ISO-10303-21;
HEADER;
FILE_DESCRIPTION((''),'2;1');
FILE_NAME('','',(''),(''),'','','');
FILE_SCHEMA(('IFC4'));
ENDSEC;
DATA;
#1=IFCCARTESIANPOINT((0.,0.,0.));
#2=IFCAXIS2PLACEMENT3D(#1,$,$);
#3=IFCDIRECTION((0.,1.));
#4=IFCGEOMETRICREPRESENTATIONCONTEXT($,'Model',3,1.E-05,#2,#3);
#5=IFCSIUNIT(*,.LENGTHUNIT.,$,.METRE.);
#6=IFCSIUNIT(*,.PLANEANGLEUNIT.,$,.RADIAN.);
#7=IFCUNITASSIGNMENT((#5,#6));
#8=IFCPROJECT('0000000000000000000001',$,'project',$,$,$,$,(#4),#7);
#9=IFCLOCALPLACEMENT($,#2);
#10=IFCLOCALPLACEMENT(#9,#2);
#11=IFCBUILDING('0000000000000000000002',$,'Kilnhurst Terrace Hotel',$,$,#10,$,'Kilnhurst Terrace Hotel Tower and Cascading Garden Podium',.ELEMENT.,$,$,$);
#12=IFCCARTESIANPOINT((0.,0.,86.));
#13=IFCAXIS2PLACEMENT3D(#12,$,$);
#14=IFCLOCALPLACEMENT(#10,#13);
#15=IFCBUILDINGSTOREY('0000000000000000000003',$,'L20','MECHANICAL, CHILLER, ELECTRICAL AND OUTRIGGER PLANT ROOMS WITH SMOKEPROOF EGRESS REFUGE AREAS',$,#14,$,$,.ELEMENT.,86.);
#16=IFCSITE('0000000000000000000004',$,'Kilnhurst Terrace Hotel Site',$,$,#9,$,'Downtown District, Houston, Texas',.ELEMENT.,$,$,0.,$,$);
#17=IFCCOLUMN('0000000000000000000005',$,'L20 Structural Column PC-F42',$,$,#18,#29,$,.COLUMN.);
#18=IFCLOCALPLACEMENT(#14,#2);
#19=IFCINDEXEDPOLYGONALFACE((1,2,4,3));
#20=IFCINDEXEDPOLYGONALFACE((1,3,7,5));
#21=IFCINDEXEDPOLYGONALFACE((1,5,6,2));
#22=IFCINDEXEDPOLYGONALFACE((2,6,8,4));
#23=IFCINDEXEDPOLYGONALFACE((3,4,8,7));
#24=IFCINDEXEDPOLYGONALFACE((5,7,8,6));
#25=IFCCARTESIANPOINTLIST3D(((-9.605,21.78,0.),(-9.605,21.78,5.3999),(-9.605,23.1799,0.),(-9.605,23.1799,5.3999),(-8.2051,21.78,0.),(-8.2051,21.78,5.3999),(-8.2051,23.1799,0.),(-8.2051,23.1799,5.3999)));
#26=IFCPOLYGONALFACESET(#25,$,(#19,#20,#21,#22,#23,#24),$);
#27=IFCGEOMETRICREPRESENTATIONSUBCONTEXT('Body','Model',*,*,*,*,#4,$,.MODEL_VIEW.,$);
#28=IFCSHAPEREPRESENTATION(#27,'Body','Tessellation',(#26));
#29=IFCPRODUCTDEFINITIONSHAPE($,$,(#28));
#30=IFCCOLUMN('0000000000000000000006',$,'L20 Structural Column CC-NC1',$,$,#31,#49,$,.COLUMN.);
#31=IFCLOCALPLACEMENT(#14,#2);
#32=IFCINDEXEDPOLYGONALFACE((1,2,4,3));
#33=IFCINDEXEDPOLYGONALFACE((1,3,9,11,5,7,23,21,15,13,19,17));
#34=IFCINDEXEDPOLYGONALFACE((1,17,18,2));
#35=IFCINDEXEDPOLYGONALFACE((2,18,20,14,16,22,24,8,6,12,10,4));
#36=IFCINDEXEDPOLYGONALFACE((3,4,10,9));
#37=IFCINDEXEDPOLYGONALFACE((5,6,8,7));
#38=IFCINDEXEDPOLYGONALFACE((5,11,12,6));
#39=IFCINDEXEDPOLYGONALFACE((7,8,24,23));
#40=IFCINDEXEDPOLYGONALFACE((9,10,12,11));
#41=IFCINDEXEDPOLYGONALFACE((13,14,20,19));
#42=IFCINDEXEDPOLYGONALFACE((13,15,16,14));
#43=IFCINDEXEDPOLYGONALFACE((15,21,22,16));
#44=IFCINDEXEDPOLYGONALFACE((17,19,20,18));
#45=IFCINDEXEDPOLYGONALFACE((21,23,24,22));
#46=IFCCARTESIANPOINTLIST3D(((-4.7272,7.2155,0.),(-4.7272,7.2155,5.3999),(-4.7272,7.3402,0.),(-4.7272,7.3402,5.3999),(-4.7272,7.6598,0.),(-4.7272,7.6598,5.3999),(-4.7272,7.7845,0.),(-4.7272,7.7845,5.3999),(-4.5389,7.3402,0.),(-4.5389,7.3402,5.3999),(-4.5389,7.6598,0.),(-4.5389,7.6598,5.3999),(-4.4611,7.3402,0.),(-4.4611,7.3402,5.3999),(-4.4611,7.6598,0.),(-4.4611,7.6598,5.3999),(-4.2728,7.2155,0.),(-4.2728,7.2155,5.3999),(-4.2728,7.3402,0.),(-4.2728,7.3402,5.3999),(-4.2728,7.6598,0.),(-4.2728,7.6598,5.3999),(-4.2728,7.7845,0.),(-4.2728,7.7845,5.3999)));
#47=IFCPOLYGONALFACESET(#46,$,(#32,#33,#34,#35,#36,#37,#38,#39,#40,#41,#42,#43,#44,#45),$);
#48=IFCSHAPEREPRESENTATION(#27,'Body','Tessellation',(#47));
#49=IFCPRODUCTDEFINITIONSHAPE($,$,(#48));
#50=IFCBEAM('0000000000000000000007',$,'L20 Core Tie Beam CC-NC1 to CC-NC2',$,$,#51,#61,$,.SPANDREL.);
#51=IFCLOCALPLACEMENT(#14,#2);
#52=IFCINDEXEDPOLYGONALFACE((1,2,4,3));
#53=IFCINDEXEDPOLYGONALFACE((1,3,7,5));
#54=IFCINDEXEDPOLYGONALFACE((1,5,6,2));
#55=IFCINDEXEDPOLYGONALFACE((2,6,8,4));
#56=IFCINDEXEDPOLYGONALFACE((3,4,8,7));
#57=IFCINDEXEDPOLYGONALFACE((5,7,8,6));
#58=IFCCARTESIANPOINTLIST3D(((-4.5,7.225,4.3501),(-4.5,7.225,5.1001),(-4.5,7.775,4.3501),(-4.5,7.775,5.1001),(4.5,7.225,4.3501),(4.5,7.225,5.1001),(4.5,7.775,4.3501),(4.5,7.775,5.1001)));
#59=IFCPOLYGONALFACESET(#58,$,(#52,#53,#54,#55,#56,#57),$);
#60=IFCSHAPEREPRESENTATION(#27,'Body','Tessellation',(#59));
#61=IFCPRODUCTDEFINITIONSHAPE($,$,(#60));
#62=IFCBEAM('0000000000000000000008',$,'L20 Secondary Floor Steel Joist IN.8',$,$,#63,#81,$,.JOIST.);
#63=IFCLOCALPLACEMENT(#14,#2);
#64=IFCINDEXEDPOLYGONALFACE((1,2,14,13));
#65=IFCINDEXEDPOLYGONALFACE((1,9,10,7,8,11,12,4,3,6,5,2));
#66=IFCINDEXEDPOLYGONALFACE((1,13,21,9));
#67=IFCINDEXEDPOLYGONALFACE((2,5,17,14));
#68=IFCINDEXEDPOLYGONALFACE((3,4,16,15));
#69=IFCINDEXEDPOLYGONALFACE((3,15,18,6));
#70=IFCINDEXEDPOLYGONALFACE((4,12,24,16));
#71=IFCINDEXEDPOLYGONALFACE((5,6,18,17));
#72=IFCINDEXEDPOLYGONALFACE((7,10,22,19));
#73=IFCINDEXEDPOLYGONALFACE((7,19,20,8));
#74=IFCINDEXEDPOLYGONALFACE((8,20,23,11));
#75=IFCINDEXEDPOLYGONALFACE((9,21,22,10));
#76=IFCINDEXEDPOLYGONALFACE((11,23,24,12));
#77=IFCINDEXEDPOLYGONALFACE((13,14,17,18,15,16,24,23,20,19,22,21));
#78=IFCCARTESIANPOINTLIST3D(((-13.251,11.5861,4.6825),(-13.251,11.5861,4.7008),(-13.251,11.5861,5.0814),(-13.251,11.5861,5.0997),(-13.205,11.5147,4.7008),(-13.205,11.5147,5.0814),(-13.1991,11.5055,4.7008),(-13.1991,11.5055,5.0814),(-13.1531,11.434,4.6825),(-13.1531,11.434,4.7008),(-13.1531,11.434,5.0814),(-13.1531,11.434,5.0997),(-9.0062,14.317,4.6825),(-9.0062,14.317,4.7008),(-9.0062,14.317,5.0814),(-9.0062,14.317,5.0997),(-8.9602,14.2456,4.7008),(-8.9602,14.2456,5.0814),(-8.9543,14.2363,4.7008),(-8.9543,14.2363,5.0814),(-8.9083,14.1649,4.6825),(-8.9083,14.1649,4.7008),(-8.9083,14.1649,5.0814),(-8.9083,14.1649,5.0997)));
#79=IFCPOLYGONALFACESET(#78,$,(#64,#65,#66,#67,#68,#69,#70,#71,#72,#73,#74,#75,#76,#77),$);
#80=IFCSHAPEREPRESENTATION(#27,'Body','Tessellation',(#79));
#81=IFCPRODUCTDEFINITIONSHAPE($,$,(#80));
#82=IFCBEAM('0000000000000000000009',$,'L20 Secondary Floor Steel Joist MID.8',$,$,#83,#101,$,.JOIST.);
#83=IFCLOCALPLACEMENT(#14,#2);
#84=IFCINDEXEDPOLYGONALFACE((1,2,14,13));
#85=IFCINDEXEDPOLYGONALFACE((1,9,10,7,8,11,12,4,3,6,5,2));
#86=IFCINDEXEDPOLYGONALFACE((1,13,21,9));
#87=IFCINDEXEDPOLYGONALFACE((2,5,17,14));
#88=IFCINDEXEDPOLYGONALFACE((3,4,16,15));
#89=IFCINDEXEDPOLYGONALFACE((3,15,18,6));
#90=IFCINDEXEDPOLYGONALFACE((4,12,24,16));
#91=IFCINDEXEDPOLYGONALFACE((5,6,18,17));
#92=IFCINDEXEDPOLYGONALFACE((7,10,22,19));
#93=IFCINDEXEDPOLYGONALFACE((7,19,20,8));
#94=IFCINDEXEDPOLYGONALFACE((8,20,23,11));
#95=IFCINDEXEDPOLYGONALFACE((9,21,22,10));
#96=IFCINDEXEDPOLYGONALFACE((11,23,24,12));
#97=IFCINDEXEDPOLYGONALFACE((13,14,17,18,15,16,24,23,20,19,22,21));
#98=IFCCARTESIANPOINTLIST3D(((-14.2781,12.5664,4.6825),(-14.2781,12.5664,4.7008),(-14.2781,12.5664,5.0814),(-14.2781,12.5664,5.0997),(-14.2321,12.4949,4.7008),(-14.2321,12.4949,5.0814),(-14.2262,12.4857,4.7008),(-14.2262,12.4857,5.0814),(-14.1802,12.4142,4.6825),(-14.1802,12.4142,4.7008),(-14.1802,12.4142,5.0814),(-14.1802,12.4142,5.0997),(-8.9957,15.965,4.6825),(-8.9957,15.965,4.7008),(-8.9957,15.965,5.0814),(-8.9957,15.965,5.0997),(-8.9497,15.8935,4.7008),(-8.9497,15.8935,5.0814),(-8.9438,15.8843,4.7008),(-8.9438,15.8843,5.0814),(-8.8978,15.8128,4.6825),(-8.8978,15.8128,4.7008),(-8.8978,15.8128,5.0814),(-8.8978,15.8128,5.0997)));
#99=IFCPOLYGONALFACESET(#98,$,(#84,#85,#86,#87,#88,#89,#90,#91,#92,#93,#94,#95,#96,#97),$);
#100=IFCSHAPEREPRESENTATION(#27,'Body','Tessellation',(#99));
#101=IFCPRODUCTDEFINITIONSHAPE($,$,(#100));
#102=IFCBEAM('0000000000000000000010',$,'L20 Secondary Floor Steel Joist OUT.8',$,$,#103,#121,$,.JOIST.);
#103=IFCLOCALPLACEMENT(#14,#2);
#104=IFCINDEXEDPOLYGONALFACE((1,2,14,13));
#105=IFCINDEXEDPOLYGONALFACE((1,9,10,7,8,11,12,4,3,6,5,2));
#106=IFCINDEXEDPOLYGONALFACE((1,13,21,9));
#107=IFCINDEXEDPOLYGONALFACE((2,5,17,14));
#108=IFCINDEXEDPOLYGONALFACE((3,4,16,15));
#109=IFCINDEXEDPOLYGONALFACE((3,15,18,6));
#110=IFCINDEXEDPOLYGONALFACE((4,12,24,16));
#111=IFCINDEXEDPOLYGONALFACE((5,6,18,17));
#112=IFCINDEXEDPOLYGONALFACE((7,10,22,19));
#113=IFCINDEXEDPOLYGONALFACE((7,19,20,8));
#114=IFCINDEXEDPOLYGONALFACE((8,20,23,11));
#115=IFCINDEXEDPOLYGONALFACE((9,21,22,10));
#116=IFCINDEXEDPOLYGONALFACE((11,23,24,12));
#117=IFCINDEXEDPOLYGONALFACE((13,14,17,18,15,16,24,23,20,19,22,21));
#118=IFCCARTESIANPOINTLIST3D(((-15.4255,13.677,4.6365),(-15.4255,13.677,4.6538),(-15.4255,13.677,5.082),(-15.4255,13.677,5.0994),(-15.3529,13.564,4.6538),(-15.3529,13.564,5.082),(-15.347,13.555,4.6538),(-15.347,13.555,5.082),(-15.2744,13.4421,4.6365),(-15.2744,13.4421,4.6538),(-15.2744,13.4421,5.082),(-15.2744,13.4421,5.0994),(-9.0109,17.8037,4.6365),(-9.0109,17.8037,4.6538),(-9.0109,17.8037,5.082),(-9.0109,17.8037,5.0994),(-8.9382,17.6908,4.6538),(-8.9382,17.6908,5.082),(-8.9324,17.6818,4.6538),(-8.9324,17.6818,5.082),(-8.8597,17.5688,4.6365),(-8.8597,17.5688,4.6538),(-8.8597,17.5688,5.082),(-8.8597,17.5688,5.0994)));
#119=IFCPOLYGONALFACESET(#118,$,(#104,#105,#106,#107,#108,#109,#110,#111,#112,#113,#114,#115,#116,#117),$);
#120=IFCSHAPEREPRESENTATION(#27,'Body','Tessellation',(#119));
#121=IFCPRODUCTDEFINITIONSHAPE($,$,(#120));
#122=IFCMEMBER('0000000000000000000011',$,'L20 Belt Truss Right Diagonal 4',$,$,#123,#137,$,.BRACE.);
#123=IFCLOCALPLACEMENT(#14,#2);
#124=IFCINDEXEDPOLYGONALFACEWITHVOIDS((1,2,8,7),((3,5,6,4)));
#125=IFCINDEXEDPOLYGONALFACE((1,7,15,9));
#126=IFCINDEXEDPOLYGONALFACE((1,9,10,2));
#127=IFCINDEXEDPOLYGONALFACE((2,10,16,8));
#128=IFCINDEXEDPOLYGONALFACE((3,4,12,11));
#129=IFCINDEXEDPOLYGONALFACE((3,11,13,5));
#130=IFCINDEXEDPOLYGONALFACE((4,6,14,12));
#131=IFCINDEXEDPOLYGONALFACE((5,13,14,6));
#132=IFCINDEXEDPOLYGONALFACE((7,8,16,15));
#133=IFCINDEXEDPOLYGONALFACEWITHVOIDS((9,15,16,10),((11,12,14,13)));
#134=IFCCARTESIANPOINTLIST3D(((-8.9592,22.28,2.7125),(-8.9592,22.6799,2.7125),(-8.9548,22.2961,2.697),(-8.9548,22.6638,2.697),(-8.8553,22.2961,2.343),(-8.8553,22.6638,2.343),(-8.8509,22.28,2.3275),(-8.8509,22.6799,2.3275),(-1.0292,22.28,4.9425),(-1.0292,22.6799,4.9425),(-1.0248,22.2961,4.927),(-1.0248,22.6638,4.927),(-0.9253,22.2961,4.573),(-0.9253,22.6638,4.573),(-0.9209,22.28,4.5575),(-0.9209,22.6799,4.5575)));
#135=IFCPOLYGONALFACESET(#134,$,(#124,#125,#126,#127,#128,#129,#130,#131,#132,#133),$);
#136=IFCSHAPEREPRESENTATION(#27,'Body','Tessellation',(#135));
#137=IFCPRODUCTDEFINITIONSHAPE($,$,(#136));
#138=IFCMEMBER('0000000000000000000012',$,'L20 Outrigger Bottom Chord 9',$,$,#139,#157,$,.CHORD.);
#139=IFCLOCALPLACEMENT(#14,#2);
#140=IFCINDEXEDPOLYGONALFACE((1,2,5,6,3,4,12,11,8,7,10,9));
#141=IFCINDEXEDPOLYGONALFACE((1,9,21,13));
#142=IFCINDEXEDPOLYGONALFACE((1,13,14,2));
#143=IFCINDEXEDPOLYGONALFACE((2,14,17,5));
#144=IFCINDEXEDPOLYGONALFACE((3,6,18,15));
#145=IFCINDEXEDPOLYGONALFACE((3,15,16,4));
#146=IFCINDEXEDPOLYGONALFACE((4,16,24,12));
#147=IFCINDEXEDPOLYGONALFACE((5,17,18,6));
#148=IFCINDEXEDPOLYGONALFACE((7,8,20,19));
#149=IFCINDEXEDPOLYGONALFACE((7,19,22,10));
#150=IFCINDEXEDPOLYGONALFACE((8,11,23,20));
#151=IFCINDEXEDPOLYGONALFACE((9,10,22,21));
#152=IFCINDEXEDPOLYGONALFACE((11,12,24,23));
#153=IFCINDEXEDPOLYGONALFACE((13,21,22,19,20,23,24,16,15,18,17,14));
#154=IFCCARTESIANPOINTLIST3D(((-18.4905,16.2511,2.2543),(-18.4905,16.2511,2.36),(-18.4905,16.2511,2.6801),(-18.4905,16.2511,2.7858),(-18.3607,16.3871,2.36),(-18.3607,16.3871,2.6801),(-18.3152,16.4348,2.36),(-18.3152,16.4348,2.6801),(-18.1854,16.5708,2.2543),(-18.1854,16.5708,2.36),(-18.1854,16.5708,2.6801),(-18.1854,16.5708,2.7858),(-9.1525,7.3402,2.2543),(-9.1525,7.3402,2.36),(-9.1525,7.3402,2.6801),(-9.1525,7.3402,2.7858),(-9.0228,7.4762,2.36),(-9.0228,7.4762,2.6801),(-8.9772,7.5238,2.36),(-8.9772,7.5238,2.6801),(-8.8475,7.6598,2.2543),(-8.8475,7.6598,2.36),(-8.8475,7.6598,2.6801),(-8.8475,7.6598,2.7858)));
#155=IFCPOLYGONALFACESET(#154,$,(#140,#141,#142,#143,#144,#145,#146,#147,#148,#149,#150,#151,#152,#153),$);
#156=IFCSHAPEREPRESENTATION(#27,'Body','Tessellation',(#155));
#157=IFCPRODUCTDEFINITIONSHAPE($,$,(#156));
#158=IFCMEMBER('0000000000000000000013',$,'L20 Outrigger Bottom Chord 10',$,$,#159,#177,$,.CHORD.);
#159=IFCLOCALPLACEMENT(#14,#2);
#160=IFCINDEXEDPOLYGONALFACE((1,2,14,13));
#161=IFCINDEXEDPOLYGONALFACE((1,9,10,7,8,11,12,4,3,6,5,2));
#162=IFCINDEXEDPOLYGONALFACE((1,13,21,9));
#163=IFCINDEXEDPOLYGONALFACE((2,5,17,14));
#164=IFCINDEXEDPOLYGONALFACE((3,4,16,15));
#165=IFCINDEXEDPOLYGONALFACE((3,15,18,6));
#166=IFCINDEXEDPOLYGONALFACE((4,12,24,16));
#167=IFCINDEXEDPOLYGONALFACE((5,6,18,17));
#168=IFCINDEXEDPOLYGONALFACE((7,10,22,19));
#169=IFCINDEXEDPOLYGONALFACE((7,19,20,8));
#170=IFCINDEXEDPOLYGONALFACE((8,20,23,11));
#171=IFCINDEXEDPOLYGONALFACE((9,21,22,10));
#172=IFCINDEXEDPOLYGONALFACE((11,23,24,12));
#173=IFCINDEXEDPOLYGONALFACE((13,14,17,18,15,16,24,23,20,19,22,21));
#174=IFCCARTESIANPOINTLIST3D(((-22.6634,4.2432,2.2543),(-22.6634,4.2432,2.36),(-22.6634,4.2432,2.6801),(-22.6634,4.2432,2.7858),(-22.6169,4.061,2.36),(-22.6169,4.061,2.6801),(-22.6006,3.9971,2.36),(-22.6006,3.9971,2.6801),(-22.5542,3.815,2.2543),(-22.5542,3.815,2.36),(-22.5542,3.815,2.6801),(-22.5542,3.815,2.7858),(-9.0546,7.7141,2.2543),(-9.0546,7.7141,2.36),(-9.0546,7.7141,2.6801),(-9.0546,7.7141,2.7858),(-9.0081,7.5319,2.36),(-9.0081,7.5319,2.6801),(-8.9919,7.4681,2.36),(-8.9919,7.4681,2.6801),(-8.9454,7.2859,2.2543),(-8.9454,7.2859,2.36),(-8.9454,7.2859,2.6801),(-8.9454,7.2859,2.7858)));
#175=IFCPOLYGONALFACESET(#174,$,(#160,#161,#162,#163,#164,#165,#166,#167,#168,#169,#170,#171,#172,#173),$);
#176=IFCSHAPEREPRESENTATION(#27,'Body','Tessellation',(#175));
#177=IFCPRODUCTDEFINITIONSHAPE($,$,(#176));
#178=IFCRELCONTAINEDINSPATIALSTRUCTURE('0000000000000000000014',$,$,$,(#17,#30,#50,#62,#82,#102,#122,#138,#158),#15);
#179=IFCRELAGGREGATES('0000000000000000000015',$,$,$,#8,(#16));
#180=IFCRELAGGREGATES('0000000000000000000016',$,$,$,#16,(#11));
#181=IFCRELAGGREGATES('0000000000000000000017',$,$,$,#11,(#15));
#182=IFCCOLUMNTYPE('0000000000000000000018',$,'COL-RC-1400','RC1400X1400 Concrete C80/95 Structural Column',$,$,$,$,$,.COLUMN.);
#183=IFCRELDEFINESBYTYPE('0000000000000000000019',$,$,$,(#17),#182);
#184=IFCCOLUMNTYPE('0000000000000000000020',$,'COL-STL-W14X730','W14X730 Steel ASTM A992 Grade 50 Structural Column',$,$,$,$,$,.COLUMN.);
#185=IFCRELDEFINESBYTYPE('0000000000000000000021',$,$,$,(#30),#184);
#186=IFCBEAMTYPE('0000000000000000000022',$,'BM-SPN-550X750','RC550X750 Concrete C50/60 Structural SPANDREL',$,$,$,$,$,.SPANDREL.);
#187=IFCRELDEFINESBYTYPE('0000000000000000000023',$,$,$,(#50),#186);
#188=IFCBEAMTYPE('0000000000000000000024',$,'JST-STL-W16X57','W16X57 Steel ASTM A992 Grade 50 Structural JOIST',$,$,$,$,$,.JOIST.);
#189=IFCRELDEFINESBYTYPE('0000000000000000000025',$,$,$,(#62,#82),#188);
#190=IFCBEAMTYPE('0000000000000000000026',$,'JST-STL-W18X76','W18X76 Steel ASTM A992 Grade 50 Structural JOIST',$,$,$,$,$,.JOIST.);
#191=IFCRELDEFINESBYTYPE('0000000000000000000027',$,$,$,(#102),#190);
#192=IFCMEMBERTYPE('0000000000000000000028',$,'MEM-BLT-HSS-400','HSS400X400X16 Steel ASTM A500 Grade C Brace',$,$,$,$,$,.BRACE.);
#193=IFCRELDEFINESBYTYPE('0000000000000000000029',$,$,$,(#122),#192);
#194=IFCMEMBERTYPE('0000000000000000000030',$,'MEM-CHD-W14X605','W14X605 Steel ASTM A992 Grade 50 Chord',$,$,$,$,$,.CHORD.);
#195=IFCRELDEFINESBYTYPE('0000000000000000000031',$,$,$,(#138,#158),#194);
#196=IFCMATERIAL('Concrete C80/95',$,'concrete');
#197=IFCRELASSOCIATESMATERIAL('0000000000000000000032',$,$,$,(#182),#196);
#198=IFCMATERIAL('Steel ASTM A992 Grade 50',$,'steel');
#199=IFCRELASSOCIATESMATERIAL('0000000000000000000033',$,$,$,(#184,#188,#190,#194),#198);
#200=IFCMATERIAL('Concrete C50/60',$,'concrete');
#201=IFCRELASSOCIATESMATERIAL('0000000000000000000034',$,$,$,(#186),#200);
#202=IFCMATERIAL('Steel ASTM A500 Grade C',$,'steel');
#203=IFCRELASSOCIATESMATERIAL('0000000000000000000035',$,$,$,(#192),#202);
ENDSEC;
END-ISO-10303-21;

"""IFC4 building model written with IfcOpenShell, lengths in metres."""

from ifc_helpers import new_model, si_unit, direction, frame, origin, origin_2d, place, context, subcontext, project, spatial, rectangle, hollow_rectangle, i_section, extrude, material, material_profile, profile_set, type_object, element, save


model = new_model("IFC4")

# Units and contexts
model_context = context("Model", 3, precision=1e-05, world=origin(), true_north=direction((0.0, 1.0)))
body_context = subcontext(model_context, "Body", "Model", "MODEL_VIEW")
ifc_project = project(units=[si_unit("LENGTHUNIT", "METRE"), si_unit("PLANEANGLEUNIT", "RADIAN")], contexts=[model_context])

# Site, building, storey
site_placement = place(None, origin())
site = spatial("IfcSite", under=ifc_project, at=site_placement, Name="Kilnhurst Terrace Hotel Site", LongName="Downtown District, Houston, Texas", CompositionType="ELEMENT", RefElevation=0.0)
building_placement = place(site_placement, origin())
building = spatial("IfcBuilding", under=site, at=building_placement, Name="Kilnhurst Terrace Hotel", LongName="Kilnhurst Terrace Hotel Tower and Cascading Garden Podium", CompositionType="ELEMENT")
storey_placement = place(building_placement, frame((0.0, 0.0, 86.0)))
storey = spatial("IfcBuildingStorey", under=building, at=storey_placement, Name="L20", Description="MECHANICAL, CHILLER, ELECTRICAL AND OUTRIGGER PLANT ROOMS WITH SMOKEPROOF EGRESS REFUGE AREAS", CompositionType="ELEMENT", Elevation=86.0)

# Columns
ifc_material_1 = material(Name="Concrete C80/95", Category="concrete")
ifc_material_profile_1 = material_profile(ifc_material_1, rectangle(XDim=1.3999, YDim=1.3999, at=origin_2d()), Name="RC1400X1400")
ifc_profile_set_1 = profile_set([ifc_material_profile_1], Name="Concrete C80/95")
column_type_1 = type_object("IfcColumnType", Name="COL-RC-1400", Description="RC1400X1400 Concrete C80/95 Structural Column", PredefinedType="COLUMN", material=ifc_profile_set_1)
column_1_placement = place(storey_placement, frame((-8.905, 22.48, 0.0), z_axis=(0.0, 0.0, 1.0), x_axis=(1.0, 0.0, 0.0)))
element("IfcColumn", 1, at=column_1_placement, inside=storey, type_object=column_type_1, Name="L20 Structural Column PC-F42", PredefinedType="COLUMN", context=body_context, shape_type="SweptSolid", body=[
    extrude(rectangle(XDim=1.3999, YDim=1.3999, at=origin_2d()), origin(), (0.0, 0.0, 1.0), 5.3999),
])
ifc_material_2 = material(Name="Steel ASTM A992 Grade 50", Category="steel")
ifc_material_profile_2 = material_profile(ifc_material_2, i_section(OverallWidth=0.4543, OverallDepth=0.5691, WebThickness=0.0779, FlangeThickness=0.1248, at=origin_2d()), Name="W14X730")
ifc_profile_set_2 = profile_set([ifc_material_profile_2], Name="Steel ASTM A992 Grade 50")
column_type_2 = type_object("IfcColumnType", Name="COL-STL-W14X730", Description="W14X730 Steel ASTM A992 Grade 50 Structural Column", PredefinedType="COLUMN", material=ifc_profile_set_2)
column_2_placement = place(storey_placement, frame((-4.5, 7.5, 0.0), z_axis=(0.0, 0.0, 1.0), x_axis=(1.0, 0.0, 0.0)))
element("IfcColumn", 2, at=column_2_placement, inside=storey, type_object=column_type_2, Name="L20 Structural Column CC-NC1", PredefinedType="COLUMN", context=body_context, shape_type="SweptSolid", body=[
    extrude(i_section(OverallWidth=0.4543, OverallDepth=0.5691, WebThickness=0.0779, FlangeThickness=0.1248, at=origin_2d()), origin(), (0.0, 0.0, 1.0), 5.3999),
])

# Beams
ifc_material_3 = material(Name="Concrete C50/60", Category="concrete")
ifc_material_profile_3 = material_profile(ifc_material_3, rectangle(XDim=0.55, YDim=0.75, at=origin_2d()), Name="RC550X750")
ifc_profile_set_3 = profile_set([ifc_material_profile_3], Name="Concrete C50/60")
beam_type_1 = type_object("IfcBeamType", Name="BM-SPN-550X750", Description="RC550X750 Concrete C50/60 Structural SPANDREL", PredefinedType="SPANDREL", material=ifc_profile_set_3)
beam_1_placement = place(storey_placement, frame((-4.5, 7.5, 4.7251), z_axis=(1.0, 0.0, 0.0), x_axis=(0.0, 1.0, 0.0)))
element("IfcBeam", 3, at=beam_1_placement, inside=storey, type_object=beam_type_1, Name="L20 Core Tie Beam CC-NC1 to CC-NC2", PredefinedType="SPANDREL", context=body_context, shape_type="SweptSolid", body=[
    extrude(rectangle(XDim=0.55, YDim=0.75, at=origin_2d()), origin(), (0.0, 0.0, 1.0), 9.0),
])
ifc_material_profile_4 = material_profile(ifc_material_2, i_section(OverallWidth=0.1809, OverallDepth=0.4172, WebThickness=0.011, FlangeThickness=0.0183, at=origin_2d()), Name="W16X57")
ifc_profile_set_4 = profile_set([ifc_material_profile_4], Name="Steel ASTM A992 Grade 50")
beam_type_2 = type_object("IfcBeamType", Name="JST-STL-W16X57", Description="W16X57 Steel ASTM A992 Grade 50 Structural JOIST", PredefinedType="JOIST", material=ifc_profile_set_4)
beam_2_placement = place(storey_placement, frame((-8.9573, 14.241, 4.8911), z_axis=(-0.840988, -0.541053, 0.0), x_axis=(0.541053, -0.840988, 0.0)))
element("IfcBeam", 4, at=beam_2_placement, inside=storey, type_object=beam_type_2, Name="L20 Secondary Floor Steel Joist IN.8", PredefinedType="JOIST", context=body_context, shape_type="SweptSolid", body=[
    extrude(i_section(OverallWidth=0.1809, OverallDepth=0.4172, WebThickness=0.011, FlangeThickness=0.0183, at=origin_2d()), origin(), (0.0, 0.0, 1.0), 5.0474),
])
beam_3_placement = place(storey_placement, frame((-8.9468, 15.8889, 4.8911), z_axis=(-0.840975, -0.541074, 0.0), x_axis=(0.541074, -0.840975, 0.0)))
element("IfcBeam", 5, at=beam_3_placement, inside=storey, type_object=beam_type_2, Name="L20 Secondary Floor Steel Joist MID.8", PredefinedType="JOIST", context=body_context, shape_type="SweptSolid", body=[
    extrude(i_section(OverallWidth=0.1809, OverallDepth=0.4172, WebThickness=0.011, FlangeThickness=0.0183, at=origin_2d()), origin(), (0.0, 0.0, 1.0), 6.2812),
])
ifc_material_profile_5 = material_profile(ifc_material_2, i_section(OverallWidth=0.2793, OverallDepth=0.4629, WebThickness=0.0107, FlangeThickness=0.0173, at=origin_2d()), Name="W18X76")
ifc_profile_set_5 = profile_set([ifc_material_profile_5], Name="Steel ASTM A992 Grade 50")
beam_type_3 = type_object("IfcBeamType", Name="JST-STL-W18X76", Description="W18X76 Steel ASTM A992 Grade 50 Structural JOIST", PredefinedType="JOIST", material=ifc_profile_set_5)
beam_4_placement = place(storey_placement, frame((-8.9353, 17.6863, 4.8679), z_axis=(-0.840995, -0.541042, 0.0), x_axis=(0.541042, -0.840995, 0.0)))
element("IfcBeam", 6, at=beam_4_placement, inside=storey, type_object=beam_type_3, Name="L20 Secondary Floor Steel Joist OUT.8", PredefinedType="JOIST", context=body_context, shape_type="SweptSolid", body=[
    extrude(i_section(OverallWidth=0.2793, OverallDepth=0.4629, WebThickness=0.0107, FlangeThickness=0.0173, at=origin_2d()), origin(), (0.0, 0.0, 1.0), 7.6274),
])

# Members
ifc_material_4 = material(Name="Steel ASTM A500 Grade C", Category="steel")
ifc_material_profile_6 = material_profile(ifc_material_4, hollow_rectangle(XDim=0.3999, YDim=0.3999, WallThickness=0.0161, at=origin_2d()), Name="HSS400X400X16")
ifc_profile_set_6 = profile_set([ifc_material_profile_6], Name="Steel ASTM A500 Grade C")
member_type_1 = type_object("IfcMemberType", Name="MEM-BLT-HSS-400", Description="HSS400X400X16 Steel ASTM A500 Grade C Brace", PredefinedType="BRACE", material=ifc_profile_set_6)
member_1_placement = place(storey_placement, frame((-8.905, 22.48, 2.52), z_axis=(0.962661, 0.0, 0.27071), x_axis=(0.0, 1.0, 0.0)))
element("IfcMember", 7, at=member_1_placement, inside=storey, type_object=member_type_1, Name="L20 Belt Truss Right Diagonal 4", PredefinedType="BRACE", context=body_context, shape_type="SweptSolid", body=[
    extrude(hollow_rectangle(XDim=0.3999, YDim=0.3999, WallThickness=0.0161, at=origin_2d()), origin(), (0.0, 0.0, 1.0), 8.2375),
])
ifc_material_profile_7 = material_profile(ifc_material_2, i_section(OverallWidth=0.4419, OverallDepth=0.5315, WebThickness=0.0659, FlangeThickness=0.1057, at=origin_2d()), Name="W14X605")
ifc_profile_set_7 = profile_set([ifc_material_profile_7], Name="Steel ASTM A992 Grade 50")
member_type_2 = type_object("IfcMemberType", Name="MEM-CHD-W14X605", Description="W14X605 Steel ASTM A992 Grade 50 Chord", PredefinedType="CHORD", material=ifc_profile_set_7)
member_2_placement = place(storey_placement, frame((-9.0, 7.5, 2.52), z_axis=(-0.723454, 0.690372, 0.0), x_axis=(-0.690372, -0.723454, 0.0)))
element("IfcMember", 8, at=member_2_placement, inside=storey, type_object=member_type_2, Name="L20 Outrigger Bottom Chord 9", PredefinedType="CHORD", context=body_context, shape_type="SweptSolid", body=[
    extrude(i_section(OverallWidth=0.4419, OverallDepth=0.5315, WebThickness=0.0659, FlangeThickness=0.1057, at=origin_2d()), origin(), (0.0, 0.0, 1.0), 12.9075),
])
member_3_placement = place(storey_placement, frame((-9.0, 7.5, 2.52), z_axis=(-0.96898, -0.247138, 0.0), x_axis=(0.247138, -0.96898, 0.0)))
element("IfcMember", 9, at=member_3_placement, inside=storey, type_object=member_type_2, Name="L20 Outrigger Bottom Chord 10", PredefinedType="CHORD", context=body_context, shape_type="SweptSolid", body=[
    extrude(i_section(OverallWidth=0.4419, OverallDepth=0.5315, WebThickness=0.0659, FlangeThickness=0.1057, at=origin_2d()), origin(), (0.0, 0.0, 1.0), 14.0444),
])

save(model, "model.ifc")
